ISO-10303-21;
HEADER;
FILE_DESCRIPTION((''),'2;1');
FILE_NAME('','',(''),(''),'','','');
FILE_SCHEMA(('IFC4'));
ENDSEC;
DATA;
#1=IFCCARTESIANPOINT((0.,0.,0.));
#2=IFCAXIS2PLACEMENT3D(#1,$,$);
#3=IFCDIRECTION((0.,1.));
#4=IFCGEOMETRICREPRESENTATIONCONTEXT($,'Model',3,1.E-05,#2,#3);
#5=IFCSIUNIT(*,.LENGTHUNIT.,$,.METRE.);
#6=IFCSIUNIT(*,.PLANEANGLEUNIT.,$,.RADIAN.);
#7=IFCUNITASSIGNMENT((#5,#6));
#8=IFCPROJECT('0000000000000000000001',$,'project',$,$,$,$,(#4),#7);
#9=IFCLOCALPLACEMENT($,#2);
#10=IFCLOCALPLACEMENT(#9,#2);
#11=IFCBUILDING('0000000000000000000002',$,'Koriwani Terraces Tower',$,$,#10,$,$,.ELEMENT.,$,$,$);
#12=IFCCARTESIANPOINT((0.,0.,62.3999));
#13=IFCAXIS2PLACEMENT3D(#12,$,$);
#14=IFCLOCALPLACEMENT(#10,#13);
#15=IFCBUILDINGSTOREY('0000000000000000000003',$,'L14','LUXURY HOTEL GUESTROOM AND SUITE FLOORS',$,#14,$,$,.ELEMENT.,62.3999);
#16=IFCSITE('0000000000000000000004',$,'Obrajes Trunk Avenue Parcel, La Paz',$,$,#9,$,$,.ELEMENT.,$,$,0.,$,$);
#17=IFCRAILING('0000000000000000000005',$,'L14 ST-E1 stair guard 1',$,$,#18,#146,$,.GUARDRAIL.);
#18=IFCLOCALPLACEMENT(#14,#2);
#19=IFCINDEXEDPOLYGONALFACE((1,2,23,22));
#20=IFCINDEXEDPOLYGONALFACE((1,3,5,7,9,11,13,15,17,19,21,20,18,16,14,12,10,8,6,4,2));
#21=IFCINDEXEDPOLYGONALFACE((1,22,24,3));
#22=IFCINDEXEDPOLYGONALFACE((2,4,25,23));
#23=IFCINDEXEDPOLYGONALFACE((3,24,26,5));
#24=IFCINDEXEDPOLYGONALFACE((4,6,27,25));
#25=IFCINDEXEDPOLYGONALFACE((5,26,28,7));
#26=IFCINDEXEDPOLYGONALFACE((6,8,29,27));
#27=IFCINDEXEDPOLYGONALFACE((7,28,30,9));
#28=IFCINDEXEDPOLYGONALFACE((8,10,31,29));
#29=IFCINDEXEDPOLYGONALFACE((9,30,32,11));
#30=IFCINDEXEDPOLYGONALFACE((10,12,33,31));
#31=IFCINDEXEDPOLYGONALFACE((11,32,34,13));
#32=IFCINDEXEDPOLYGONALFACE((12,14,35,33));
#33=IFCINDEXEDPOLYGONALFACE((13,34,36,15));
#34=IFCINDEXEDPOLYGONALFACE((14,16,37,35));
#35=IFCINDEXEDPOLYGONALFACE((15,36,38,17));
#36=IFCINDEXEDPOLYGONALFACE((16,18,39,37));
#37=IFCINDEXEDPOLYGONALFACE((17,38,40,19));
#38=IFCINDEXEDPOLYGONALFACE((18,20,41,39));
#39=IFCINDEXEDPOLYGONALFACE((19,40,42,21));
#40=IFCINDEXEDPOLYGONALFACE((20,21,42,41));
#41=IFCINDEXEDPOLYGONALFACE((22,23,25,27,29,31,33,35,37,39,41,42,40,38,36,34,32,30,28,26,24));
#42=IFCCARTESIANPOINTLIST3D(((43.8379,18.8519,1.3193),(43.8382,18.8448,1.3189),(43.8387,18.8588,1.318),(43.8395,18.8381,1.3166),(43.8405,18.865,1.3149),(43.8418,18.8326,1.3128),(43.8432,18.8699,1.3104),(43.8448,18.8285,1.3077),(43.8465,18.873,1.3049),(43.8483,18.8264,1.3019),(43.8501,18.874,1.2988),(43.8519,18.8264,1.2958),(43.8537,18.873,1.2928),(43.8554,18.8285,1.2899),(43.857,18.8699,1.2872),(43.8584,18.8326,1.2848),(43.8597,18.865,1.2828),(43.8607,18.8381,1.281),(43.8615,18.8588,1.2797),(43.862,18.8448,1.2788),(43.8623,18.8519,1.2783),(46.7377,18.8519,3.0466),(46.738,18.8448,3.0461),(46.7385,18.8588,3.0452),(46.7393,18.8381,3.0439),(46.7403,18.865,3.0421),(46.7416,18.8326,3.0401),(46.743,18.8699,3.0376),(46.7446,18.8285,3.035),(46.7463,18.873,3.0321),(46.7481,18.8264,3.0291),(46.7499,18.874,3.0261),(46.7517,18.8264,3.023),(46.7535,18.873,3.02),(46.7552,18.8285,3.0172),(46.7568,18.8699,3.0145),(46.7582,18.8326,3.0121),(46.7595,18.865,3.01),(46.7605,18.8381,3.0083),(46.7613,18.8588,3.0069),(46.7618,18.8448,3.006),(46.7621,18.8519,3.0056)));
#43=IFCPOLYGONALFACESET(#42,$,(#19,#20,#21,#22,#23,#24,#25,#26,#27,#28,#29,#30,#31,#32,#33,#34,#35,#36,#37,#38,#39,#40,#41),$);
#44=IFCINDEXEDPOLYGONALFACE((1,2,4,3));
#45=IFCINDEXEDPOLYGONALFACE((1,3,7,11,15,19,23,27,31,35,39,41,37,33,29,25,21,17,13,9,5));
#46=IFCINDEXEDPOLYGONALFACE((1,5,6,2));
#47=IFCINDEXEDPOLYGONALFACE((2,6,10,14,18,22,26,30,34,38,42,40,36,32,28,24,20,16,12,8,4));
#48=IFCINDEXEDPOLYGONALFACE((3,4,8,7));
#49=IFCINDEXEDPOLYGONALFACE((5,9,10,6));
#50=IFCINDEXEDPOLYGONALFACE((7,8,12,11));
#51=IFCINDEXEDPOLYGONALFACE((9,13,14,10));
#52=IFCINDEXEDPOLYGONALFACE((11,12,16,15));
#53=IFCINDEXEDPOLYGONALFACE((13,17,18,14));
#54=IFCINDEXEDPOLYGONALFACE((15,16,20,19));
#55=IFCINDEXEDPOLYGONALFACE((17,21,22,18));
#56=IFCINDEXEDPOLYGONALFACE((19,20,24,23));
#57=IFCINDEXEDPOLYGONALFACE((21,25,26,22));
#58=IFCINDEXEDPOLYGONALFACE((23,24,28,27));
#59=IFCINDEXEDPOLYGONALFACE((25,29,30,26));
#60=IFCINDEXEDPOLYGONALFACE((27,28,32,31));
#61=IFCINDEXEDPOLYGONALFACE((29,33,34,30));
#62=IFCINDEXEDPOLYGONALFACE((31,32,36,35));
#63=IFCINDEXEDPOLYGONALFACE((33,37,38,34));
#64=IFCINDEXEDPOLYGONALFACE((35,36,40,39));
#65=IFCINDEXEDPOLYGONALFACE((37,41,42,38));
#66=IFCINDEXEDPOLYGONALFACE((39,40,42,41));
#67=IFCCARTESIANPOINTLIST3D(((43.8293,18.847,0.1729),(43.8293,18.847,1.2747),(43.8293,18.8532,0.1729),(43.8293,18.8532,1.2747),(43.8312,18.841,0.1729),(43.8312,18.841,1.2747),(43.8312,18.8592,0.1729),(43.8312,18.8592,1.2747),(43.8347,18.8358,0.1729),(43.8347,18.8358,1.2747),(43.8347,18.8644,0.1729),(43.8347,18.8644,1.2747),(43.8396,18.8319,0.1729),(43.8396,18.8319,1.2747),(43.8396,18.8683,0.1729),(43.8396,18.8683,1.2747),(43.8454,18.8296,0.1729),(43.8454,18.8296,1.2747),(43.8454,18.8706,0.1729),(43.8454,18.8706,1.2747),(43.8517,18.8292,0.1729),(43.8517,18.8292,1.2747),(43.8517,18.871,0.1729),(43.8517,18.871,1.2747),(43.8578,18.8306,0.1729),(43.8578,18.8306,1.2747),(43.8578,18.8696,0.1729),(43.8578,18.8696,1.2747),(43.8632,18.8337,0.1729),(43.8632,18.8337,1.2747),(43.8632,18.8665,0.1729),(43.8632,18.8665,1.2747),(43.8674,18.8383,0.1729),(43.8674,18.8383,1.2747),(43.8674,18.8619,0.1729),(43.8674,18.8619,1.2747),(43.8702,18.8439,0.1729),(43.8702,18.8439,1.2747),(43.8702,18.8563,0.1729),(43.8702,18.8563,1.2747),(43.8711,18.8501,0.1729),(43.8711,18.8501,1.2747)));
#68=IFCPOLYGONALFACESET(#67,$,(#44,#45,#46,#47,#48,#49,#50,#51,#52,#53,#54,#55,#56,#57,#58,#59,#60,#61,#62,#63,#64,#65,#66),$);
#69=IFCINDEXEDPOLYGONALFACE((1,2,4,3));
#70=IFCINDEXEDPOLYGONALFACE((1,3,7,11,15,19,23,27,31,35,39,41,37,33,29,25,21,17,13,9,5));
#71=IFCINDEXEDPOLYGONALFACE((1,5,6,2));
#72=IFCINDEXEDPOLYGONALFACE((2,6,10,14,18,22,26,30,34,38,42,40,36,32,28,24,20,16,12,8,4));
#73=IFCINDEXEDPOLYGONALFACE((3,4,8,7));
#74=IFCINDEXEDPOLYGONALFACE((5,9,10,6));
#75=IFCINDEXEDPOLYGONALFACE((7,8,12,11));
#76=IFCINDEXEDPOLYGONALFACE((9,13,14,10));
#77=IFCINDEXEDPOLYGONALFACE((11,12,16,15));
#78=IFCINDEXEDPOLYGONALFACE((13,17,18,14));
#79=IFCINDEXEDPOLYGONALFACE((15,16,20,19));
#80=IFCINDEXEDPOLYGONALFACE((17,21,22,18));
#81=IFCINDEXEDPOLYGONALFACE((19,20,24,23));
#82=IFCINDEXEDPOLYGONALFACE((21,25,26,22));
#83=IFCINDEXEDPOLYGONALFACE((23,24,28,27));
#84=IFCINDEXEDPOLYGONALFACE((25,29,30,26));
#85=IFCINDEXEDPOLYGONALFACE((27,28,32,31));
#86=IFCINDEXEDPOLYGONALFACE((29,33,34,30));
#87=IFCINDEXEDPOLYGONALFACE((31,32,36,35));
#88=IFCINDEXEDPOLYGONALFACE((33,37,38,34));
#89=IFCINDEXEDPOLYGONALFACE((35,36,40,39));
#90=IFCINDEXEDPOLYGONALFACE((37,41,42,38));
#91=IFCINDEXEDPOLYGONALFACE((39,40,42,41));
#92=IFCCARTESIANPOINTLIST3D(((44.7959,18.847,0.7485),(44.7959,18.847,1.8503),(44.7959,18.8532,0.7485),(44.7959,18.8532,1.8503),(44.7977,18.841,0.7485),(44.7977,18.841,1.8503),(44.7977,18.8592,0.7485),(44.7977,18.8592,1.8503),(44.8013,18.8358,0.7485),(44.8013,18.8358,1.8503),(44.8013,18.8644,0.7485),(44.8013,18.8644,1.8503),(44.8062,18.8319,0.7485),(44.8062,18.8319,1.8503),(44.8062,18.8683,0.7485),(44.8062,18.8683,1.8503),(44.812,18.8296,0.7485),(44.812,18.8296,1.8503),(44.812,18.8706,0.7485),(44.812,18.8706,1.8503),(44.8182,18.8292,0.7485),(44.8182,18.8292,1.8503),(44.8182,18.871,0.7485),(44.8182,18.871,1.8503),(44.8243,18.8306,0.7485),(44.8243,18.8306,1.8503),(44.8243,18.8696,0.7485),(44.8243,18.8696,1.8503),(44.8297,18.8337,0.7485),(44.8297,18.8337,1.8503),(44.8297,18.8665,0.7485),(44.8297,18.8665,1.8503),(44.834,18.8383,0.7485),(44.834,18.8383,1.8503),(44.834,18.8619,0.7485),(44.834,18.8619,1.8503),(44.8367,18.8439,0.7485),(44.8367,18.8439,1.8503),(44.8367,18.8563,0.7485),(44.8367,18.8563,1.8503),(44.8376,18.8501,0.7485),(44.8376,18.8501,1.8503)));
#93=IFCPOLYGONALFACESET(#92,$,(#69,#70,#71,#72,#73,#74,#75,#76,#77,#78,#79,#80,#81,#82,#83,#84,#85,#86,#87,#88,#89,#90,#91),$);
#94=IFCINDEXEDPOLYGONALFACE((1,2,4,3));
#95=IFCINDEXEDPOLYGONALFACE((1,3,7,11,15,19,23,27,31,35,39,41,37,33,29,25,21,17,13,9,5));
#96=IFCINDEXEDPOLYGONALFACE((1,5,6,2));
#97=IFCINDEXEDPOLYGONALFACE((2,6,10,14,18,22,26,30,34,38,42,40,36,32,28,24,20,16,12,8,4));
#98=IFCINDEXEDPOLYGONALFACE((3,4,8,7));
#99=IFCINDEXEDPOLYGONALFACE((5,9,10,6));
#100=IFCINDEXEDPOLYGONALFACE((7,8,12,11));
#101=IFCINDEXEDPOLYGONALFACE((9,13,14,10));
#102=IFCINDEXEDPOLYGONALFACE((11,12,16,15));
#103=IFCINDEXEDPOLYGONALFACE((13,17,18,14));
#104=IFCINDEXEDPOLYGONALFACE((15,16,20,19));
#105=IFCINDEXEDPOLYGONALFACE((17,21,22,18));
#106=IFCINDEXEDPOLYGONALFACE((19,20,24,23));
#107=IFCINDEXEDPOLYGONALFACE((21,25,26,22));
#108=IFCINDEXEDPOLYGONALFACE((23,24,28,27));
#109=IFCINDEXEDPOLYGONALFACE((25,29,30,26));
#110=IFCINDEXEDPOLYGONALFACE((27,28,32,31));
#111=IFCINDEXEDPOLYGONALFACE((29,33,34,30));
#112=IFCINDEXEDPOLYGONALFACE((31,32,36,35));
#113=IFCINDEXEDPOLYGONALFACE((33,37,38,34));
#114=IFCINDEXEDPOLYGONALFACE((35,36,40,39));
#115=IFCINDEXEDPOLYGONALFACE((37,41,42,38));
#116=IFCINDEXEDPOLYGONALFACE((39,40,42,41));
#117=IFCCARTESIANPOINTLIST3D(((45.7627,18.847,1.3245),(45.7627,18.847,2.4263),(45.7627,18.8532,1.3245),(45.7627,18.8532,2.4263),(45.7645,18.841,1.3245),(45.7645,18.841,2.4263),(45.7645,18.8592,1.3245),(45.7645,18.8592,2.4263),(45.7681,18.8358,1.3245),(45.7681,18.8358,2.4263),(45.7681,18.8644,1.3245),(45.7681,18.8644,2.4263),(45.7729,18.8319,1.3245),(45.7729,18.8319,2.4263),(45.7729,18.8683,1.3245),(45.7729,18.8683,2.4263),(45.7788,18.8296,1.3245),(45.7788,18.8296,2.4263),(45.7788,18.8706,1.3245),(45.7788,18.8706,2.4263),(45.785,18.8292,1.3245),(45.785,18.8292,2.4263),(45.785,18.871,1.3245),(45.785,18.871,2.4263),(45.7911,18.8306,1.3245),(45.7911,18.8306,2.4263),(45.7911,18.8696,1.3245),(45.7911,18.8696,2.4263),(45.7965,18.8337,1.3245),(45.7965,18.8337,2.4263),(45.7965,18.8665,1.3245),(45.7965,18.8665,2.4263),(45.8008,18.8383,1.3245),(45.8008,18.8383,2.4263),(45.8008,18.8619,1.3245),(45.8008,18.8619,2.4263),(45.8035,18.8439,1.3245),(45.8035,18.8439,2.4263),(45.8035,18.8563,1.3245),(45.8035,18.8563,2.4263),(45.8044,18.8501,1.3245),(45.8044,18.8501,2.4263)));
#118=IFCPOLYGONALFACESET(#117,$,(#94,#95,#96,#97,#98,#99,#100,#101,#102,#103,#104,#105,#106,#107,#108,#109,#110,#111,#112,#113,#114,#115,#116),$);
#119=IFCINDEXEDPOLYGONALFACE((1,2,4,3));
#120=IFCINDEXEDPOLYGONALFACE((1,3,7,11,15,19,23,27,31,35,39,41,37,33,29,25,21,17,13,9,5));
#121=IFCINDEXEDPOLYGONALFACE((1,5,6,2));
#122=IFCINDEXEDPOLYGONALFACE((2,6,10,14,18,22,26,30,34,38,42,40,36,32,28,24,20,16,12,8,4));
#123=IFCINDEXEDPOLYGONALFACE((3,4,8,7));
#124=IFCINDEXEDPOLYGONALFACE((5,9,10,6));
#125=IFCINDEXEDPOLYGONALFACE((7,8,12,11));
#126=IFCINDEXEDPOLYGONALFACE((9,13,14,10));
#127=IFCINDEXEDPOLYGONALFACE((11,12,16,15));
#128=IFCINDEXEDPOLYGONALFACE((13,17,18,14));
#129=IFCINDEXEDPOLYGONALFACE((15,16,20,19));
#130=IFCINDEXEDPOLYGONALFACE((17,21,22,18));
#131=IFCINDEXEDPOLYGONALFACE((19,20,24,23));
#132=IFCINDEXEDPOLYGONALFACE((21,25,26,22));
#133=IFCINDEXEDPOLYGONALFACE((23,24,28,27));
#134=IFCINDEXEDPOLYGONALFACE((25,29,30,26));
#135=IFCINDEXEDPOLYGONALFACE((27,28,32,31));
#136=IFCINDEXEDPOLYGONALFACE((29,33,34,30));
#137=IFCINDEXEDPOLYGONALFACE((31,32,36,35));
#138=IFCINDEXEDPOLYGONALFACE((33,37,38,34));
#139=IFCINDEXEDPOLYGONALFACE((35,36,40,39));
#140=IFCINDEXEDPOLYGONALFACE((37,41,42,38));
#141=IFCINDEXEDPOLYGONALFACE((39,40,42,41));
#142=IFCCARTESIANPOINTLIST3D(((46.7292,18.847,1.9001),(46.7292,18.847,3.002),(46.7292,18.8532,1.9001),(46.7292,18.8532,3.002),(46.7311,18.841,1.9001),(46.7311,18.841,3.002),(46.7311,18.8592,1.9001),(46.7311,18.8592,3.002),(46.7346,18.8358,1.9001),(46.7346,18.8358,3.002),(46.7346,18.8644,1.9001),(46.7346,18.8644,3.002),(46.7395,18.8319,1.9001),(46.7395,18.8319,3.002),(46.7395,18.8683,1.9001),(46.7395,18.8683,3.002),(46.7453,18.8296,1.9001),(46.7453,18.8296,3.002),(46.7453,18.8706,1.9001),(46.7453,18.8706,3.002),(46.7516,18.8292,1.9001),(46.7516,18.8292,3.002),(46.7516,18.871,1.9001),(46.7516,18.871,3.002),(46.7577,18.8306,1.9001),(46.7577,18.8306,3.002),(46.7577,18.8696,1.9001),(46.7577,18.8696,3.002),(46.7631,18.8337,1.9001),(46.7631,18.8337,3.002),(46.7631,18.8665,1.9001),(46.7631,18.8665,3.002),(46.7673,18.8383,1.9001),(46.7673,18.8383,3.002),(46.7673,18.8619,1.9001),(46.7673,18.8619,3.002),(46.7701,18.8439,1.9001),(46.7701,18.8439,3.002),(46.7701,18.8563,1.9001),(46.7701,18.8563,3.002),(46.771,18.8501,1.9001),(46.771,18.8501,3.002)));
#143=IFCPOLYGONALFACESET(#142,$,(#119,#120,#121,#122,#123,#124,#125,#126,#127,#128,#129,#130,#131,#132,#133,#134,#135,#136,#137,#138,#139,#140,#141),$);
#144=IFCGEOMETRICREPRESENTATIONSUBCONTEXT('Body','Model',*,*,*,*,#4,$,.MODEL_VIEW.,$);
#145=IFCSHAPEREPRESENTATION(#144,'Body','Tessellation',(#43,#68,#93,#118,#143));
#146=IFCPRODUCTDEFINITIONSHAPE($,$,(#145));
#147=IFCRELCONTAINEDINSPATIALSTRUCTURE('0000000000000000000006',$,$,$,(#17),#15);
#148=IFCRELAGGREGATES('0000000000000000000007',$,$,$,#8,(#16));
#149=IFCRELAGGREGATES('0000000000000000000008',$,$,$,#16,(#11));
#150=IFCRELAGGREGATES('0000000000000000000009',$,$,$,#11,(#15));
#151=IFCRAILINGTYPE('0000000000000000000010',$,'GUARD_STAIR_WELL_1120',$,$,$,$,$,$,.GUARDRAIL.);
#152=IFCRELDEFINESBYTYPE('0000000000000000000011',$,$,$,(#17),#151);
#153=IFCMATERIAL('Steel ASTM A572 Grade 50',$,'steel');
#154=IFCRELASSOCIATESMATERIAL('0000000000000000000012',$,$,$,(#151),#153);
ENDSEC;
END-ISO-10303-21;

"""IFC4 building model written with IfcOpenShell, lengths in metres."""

from ifc_helpers import new_model, si_unit, direction, frame, origin, origin_2d, place, context, subcontext, project, spatial, circle, extrude, material, type_object, element, save


model = new_model("IFC4")

# Units and contexts
model_context = context("Model", 3, precision=1e-05, world=origin(), true_north=direction((0.0, 1.0)))
body_context = subcontext(model_context, "Body", "Model", "MODEL_VIEW")
ifc_project = project(units=[si_unit("LENGTHUNIT", "METRE"), si_unit("PLANEANGLEUNIT", "RADIAN")], contexts=[model_context])

# Site, building, storey
site_placement = place(None, origin())
site = spatial("IfcSite", under=ifc_project, at=site_placement, Name="Obrajes Trunk Avenue Parcel, La Paz", CompositionType="ELEMENT", RefElevation=0.0)
building_placement = place(site_placement, origin())
building = spatial("IfcBuilding", under=site, at=building_placement, Name="Koriwani Terraces Tower", CompositionType="ELEMENT")
storey_placement = place(building_placement, frame((0.0, 0.0, 62.3999)))
storey = spatial("IfcBuildingStorey", under=building, at=storey_placement, Name="L14", Description="LUXURY HOTEL GUESTROOM AND SUITE FLOORS", CompositionType="ELEMENT", Elevation=62.3999)

# Shared definitions
ifc_material_1 = material(Name="Steel ASTM A572 Grade 50", Category="steel")

# Railing
railing_type_1 = type_object("IfcRailingType", Name="GUARD_STAIR_WELL_1120", PredefinedType="GUARDRAIL", material=ifc_material_1)
railing_1_placement = place(storey_placement, frame((43.8501, 18.8501, 0.1729)))
element("IfcRailing", 1, at=railing_1_placement, inside=storey, type_object=railing_type_1, Name="L14 ST-E1 stair guard 1", PredefinedType="GUARDRAIL", context=body_context, shape_type="SweptSolid", body=[
    extrude(circle(Radius=0.0239, at=origin_2d()), frame((0.0, 0.0, 1.126), z_axis=(0.859141, 0.0, 0.511738), x_axis=(0.0, 1.0, 0.0)), (0.0, 0.0, 1.0), 3.3752),
    extrude(circle(Radius=0.021, at=origin_2d()), origin(), (0.0, 0.0, 1.0), 1.1018),
    extrude(circle(Radius=0.021, at=origin_2d()), frame((0.9666, 0.0, 0.5757)), (0.0, 0.0, 1.0), 1.1018),
    extrude(circle(Radius=0.021, at=origin_2d()), frame((1.9333, 0.0, 1.1516)), (0.0, 0.0, 1.0), 1.1018),
    extrude(circle(Radius=0.021, at=origin_2d()), frame((2.8999, 0.0, 1.7273)), (0.0, 0.0, 1.0), 1.1018),
])

save(model, "model.ifc")
